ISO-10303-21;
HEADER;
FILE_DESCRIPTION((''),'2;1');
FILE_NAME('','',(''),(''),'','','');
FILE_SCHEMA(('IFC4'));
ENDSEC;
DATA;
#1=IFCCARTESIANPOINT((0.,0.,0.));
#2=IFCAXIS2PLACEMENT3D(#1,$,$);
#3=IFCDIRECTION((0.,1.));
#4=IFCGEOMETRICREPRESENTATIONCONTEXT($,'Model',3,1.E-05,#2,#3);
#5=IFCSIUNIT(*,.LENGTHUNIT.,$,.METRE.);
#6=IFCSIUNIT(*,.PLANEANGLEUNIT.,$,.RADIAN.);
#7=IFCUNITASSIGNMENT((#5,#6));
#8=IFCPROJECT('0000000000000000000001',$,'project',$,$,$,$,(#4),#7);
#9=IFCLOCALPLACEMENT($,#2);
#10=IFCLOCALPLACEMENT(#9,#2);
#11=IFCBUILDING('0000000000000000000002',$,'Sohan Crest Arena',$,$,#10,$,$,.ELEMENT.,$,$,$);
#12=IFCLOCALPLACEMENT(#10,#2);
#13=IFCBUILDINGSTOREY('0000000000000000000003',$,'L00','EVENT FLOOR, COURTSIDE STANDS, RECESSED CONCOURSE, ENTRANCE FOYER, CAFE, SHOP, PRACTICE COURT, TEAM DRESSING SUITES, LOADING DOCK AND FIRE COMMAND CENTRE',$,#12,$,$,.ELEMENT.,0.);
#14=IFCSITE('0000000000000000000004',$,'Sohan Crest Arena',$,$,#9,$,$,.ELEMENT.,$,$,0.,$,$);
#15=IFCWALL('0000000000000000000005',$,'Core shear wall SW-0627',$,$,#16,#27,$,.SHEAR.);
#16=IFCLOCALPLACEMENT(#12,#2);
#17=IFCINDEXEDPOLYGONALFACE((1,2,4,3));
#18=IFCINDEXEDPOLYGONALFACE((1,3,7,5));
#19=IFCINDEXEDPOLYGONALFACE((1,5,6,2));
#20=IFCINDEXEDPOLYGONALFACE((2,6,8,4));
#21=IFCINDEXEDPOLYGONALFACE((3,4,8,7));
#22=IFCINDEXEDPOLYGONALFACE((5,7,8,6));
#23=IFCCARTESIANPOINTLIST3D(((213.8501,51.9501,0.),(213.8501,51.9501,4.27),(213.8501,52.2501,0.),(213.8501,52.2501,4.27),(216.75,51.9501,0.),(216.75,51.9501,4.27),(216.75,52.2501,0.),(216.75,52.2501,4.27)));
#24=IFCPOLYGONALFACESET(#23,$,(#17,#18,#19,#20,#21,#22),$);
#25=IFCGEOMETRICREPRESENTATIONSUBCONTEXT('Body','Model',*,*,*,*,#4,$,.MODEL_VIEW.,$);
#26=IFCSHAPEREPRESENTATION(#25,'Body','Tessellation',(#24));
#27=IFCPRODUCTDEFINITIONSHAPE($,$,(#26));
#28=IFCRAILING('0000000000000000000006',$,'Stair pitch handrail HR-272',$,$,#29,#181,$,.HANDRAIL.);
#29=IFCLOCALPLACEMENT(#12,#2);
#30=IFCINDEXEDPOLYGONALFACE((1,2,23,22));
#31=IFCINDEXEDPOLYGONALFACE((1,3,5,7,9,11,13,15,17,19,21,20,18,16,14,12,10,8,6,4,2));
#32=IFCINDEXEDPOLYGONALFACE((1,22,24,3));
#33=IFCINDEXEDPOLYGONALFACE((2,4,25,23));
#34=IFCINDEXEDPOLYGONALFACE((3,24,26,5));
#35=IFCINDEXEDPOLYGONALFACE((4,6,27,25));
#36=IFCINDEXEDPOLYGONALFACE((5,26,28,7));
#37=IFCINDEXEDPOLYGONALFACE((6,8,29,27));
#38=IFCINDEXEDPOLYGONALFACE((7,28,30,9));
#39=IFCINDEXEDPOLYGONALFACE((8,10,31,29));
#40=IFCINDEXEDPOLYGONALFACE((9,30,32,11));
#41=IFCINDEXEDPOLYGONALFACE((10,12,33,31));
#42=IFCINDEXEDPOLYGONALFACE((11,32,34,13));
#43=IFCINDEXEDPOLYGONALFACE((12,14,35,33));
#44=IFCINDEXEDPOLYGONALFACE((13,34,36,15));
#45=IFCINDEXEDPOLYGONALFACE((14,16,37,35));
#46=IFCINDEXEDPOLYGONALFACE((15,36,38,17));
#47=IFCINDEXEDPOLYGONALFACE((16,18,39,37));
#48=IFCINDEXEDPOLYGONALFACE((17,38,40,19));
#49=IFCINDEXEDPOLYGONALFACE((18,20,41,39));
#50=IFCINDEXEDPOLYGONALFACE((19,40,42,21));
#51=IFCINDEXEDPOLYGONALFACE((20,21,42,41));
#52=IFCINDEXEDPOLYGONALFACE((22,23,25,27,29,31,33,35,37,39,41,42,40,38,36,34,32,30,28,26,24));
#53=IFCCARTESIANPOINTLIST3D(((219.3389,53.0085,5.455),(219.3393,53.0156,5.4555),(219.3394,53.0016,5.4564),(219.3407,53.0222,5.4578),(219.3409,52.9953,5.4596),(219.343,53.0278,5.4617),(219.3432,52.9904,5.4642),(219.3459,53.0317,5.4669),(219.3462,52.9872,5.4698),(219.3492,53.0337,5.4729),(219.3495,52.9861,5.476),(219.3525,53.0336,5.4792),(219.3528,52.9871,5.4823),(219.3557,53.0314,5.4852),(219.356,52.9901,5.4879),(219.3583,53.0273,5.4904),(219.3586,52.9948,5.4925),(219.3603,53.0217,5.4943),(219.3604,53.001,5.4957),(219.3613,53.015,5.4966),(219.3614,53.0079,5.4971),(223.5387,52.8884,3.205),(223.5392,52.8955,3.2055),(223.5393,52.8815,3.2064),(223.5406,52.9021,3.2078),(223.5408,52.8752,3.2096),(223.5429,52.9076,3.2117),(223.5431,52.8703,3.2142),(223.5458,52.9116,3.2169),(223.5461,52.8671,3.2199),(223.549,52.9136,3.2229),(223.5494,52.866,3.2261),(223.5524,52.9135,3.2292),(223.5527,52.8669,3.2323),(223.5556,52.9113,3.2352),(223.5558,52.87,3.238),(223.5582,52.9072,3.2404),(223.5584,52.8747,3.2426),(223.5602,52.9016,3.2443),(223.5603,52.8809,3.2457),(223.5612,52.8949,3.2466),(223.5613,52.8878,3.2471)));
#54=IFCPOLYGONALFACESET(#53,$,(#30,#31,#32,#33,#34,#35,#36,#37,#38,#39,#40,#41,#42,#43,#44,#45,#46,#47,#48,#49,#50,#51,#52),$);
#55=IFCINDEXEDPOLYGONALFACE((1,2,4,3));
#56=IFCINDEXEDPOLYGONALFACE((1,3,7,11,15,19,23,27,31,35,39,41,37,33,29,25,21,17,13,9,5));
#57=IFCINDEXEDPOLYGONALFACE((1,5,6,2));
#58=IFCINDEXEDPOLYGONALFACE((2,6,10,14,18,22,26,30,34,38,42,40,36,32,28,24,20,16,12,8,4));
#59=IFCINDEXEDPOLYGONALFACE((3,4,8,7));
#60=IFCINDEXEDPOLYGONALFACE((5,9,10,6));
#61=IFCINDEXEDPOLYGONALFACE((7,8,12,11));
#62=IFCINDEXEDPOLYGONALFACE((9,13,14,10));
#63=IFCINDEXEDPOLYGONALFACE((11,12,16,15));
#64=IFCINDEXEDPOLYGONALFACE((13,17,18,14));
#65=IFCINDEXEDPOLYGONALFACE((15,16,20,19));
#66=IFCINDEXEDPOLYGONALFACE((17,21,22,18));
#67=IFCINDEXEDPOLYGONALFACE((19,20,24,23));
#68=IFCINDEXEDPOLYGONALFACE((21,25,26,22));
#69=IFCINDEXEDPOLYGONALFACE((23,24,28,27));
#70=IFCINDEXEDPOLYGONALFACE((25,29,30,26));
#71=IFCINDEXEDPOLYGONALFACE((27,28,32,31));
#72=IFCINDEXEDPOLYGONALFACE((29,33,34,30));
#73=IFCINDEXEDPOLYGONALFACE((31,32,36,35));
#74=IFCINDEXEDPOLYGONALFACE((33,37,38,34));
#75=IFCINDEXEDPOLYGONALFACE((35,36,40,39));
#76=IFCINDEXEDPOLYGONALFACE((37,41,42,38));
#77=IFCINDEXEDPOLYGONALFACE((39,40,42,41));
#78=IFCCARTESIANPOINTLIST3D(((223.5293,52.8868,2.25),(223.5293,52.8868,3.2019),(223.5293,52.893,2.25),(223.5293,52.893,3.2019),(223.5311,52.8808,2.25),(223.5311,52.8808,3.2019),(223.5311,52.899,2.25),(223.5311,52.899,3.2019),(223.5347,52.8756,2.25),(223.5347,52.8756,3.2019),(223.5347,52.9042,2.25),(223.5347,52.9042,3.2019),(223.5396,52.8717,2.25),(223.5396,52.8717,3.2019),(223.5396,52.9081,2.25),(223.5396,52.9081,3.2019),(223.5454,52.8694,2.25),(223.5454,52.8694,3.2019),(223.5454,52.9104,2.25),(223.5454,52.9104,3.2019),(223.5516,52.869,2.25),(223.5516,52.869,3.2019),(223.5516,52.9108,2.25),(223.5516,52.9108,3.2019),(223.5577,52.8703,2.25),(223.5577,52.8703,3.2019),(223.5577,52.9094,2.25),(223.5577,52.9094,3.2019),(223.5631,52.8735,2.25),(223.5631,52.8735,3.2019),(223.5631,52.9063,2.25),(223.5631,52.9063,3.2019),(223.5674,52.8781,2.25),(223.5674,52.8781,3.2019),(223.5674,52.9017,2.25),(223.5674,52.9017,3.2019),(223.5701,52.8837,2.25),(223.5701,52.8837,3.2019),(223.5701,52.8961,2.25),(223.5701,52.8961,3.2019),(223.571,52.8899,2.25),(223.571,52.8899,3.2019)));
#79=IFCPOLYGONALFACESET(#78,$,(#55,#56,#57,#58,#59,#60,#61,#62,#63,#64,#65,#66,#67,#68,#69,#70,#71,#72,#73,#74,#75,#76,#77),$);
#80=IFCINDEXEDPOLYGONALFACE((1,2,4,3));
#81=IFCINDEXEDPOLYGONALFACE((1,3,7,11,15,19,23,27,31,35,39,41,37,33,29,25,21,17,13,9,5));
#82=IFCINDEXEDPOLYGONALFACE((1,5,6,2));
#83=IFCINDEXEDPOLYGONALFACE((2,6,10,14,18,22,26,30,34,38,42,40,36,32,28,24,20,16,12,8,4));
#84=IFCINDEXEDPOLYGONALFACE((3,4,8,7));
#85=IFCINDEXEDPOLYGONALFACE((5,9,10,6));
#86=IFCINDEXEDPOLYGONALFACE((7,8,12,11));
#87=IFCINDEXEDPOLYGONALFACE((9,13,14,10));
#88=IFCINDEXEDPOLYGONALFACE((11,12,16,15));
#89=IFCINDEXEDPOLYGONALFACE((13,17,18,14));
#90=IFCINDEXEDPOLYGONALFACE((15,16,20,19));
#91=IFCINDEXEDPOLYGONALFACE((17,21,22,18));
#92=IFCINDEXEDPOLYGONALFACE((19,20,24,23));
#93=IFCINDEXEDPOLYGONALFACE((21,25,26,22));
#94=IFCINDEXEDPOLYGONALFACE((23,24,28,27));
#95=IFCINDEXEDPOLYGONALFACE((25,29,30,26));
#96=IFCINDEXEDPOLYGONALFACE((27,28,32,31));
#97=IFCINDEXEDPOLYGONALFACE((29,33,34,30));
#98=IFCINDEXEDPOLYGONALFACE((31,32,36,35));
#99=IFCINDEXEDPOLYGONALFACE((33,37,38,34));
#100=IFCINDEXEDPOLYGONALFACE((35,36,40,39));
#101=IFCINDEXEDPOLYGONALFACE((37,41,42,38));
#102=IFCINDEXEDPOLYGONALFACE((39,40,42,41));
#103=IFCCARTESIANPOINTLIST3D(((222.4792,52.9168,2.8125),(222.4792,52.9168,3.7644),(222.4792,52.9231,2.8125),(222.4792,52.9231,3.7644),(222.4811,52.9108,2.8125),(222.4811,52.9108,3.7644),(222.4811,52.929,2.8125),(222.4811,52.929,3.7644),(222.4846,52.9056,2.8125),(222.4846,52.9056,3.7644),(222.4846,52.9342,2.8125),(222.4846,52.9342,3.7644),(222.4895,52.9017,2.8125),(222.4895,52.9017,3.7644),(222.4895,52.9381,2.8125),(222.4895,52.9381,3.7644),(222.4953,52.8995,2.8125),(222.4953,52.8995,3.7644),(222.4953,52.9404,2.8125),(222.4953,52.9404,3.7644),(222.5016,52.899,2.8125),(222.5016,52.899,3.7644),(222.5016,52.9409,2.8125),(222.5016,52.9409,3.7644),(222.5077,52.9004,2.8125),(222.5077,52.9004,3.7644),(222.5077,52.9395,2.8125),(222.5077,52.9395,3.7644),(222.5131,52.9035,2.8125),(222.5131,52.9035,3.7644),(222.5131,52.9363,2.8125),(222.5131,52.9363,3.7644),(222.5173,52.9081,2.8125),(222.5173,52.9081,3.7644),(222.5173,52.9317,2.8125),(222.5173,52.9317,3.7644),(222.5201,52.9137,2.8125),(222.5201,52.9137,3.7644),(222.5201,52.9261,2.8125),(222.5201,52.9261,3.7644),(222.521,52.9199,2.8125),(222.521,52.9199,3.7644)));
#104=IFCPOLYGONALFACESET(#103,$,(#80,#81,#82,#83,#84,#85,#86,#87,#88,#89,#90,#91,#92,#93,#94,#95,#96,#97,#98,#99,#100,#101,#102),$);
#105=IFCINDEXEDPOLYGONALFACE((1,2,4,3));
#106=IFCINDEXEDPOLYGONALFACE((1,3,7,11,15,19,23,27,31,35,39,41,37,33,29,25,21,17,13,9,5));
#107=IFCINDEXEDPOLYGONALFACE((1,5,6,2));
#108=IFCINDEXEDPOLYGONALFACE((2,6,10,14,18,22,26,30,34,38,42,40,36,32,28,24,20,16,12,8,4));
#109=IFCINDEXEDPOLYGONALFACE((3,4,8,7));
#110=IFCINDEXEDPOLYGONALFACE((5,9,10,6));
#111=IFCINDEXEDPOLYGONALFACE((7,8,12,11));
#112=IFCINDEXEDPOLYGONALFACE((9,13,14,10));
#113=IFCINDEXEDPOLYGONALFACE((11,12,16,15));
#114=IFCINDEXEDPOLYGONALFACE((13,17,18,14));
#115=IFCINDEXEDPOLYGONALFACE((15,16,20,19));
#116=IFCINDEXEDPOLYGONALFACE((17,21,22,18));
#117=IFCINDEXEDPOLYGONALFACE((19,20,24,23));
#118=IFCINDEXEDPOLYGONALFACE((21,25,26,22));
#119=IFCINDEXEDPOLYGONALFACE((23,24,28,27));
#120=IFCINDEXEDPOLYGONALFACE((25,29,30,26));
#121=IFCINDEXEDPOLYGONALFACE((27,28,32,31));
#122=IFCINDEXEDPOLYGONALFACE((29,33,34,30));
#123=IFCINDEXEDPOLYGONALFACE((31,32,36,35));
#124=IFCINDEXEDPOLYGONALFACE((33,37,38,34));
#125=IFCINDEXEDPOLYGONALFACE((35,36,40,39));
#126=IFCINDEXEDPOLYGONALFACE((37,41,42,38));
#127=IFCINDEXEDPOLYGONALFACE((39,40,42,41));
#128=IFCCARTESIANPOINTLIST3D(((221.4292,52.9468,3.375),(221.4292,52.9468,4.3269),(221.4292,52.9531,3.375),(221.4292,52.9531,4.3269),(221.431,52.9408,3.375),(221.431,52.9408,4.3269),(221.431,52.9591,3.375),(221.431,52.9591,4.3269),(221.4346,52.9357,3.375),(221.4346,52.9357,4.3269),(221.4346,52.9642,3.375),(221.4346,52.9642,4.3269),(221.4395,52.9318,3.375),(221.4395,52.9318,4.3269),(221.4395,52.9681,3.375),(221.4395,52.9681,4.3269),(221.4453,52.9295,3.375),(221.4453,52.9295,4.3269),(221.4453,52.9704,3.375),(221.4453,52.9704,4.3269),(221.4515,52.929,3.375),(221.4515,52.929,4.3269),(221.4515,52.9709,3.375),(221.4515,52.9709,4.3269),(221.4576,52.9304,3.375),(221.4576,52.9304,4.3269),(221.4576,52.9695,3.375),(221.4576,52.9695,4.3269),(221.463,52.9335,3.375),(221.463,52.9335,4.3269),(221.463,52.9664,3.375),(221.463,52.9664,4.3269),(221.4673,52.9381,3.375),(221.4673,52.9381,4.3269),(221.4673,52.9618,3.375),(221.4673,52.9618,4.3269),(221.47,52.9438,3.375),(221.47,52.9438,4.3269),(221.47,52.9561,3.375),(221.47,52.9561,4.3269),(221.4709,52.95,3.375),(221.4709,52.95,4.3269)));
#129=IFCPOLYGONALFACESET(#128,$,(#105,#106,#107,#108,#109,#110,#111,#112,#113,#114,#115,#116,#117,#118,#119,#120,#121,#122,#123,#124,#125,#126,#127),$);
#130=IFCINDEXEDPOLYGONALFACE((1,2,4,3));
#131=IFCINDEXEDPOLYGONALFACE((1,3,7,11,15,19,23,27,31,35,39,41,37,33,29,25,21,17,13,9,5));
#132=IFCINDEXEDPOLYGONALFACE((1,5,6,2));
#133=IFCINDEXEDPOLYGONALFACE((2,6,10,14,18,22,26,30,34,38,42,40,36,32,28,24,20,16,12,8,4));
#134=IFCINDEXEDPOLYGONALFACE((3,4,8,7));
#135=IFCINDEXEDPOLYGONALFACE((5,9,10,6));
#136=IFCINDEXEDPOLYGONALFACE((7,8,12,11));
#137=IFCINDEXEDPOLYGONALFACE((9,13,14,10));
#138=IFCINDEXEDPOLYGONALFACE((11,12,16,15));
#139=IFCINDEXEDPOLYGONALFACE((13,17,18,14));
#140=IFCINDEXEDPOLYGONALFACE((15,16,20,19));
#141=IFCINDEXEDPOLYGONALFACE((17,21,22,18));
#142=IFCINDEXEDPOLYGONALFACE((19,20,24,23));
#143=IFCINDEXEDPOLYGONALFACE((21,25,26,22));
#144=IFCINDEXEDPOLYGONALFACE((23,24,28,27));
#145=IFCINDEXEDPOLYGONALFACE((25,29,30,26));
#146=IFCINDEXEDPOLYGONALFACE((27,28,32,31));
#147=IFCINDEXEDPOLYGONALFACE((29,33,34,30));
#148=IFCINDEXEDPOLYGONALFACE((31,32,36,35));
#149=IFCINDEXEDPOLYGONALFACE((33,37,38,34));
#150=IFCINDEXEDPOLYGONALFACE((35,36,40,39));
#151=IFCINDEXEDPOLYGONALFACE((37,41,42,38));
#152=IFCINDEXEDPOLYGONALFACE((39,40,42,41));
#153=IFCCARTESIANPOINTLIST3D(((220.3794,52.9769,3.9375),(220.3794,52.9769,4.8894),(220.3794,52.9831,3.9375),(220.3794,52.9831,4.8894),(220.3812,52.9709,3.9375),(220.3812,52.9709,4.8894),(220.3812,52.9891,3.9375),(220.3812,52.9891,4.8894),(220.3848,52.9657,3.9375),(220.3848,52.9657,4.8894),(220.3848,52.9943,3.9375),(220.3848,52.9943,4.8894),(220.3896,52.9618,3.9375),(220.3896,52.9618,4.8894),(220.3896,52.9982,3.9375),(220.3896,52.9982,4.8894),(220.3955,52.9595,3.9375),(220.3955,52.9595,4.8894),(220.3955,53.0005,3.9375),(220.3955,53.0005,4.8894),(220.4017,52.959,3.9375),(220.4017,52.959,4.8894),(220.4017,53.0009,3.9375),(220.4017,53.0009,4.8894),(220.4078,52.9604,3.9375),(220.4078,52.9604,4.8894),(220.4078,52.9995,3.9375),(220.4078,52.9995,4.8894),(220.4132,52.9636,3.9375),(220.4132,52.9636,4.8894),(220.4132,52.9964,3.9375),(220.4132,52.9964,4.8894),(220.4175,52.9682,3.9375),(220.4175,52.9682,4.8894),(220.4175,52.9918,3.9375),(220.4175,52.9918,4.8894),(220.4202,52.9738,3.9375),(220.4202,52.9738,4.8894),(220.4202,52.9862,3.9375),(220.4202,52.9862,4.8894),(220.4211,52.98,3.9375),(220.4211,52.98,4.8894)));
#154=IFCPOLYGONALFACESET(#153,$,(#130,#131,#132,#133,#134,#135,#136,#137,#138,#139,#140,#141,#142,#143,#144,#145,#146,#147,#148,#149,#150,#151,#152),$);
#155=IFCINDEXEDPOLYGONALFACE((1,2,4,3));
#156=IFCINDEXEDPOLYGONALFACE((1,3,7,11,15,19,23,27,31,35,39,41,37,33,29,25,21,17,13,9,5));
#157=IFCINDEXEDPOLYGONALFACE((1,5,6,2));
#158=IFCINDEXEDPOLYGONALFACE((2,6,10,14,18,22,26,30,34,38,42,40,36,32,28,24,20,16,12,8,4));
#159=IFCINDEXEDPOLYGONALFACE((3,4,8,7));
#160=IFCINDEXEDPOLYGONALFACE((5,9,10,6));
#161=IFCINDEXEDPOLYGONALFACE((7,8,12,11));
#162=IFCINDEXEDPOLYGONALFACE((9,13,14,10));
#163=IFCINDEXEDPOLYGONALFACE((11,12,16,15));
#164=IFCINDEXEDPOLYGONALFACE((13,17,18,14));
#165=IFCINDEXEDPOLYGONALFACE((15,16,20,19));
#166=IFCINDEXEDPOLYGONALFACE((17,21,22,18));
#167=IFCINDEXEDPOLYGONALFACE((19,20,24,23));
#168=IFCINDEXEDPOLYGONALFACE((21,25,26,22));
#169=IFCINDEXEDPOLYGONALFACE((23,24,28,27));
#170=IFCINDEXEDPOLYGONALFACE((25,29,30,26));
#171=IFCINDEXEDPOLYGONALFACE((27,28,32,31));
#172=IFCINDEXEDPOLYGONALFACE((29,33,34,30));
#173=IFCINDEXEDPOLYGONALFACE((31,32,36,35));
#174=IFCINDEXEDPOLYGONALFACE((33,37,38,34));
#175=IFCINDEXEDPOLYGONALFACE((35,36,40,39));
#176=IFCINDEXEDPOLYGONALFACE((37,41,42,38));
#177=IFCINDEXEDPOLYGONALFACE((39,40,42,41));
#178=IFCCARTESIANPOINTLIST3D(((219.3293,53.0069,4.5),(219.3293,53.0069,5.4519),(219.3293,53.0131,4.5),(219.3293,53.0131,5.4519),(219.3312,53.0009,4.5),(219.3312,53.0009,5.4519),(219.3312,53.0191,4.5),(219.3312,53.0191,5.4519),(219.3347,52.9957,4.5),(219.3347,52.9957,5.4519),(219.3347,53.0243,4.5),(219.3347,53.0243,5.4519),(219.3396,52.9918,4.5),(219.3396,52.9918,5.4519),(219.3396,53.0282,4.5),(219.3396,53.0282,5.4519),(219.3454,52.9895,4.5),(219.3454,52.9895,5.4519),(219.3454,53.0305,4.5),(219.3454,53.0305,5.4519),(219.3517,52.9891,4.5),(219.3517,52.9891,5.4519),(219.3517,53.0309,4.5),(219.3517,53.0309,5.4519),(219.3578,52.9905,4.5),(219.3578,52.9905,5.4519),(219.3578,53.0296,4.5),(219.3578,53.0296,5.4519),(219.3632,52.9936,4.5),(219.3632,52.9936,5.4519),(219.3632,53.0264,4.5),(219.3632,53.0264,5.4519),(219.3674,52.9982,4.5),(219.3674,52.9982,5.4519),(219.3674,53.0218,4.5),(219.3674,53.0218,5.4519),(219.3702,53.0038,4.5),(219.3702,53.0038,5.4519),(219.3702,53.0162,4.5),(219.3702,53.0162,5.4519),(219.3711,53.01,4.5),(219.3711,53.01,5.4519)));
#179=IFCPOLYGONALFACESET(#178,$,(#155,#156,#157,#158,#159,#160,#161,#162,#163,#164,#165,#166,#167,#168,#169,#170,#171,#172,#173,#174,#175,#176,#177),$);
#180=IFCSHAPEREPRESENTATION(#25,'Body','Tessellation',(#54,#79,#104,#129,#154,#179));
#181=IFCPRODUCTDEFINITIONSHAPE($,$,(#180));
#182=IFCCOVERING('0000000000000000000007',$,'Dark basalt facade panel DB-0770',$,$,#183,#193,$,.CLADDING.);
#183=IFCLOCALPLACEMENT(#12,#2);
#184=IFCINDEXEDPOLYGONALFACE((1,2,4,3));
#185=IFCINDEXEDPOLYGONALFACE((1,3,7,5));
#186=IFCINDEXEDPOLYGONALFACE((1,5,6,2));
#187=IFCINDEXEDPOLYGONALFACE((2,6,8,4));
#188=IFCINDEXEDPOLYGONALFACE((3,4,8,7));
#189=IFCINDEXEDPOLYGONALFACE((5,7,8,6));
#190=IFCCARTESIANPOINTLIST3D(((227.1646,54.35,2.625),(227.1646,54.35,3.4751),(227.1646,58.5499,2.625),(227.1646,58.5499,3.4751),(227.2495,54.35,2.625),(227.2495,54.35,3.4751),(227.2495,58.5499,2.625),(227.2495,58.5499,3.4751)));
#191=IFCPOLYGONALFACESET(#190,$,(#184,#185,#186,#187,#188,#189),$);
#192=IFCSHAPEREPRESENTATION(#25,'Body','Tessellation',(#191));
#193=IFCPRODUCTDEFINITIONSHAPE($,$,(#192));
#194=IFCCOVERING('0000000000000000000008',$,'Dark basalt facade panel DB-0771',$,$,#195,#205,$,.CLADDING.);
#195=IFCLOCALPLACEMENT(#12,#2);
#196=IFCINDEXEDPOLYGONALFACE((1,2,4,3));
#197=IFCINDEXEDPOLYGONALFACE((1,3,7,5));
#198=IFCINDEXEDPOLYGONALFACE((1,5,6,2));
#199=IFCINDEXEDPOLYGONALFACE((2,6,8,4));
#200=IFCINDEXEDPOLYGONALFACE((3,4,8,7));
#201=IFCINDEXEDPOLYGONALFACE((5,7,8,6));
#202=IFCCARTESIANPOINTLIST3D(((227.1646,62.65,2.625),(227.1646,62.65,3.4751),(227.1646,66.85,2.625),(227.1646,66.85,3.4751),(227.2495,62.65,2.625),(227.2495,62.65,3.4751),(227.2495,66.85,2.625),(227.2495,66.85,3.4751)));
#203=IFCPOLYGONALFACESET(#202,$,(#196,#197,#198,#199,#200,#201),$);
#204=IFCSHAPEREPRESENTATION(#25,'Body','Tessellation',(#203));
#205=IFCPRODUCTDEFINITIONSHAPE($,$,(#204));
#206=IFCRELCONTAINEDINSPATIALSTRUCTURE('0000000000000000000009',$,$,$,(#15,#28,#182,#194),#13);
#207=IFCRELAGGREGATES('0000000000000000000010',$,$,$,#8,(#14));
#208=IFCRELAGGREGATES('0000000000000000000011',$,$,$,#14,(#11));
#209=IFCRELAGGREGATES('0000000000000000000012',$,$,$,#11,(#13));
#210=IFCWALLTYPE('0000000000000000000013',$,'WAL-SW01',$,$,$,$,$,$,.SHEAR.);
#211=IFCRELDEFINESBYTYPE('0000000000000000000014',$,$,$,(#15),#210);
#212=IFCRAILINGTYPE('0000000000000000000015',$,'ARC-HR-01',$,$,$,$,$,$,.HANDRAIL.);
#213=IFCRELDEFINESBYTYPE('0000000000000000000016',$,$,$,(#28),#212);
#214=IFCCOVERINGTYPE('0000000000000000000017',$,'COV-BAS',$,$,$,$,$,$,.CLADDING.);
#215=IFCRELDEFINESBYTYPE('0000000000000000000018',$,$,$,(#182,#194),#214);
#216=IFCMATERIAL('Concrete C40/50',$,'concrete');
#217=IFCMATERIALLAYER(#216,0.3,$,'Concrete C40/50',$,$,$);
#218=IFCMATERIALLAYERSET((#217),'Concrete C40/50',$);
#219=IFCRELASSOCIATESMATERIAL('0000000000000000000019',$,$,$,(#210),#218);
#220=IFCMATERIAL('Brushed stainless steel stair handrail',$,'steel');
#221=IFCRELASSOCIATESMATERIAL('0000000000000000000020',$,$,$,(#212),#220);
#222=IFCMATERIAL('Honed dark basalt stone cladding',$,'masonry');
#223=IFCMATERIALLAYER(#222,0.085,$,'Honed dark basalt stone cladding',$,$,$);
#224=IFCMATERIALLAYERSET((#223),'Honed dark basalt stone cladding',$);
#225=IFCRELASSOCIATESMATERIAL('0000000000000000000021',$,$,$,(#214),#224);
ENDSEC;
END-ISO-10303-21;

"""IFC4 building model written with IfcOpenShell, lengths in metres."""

from ifc_helpers import new_model, si_unit, direction, frame, frame_2d, origin, origin_2d, place, context, subcontext, project, spatial, rectangle, circle, extrude, material, layer, layer_set, type_object, element, save


model = new_model("IFC4")

# Units and contexts
model_context = context("Model", 3, precision=1e-05, world=origin(), true_north=direction((0.0, 1.0)))
body_context = subcontext(model_context, "Body", "Model", "MODEL_VIEW")
ifc_project = project(units=[si_unit("LENGTHUNIT", "METRE"), si_unit("PLANEANGLEUNIT", "RADIAN")], contexts=[model_context])

# Site, building, storey
site_placement = place(None, origin())
site = spatial("IfcSite", under=ifc_project, at=site_placement, Name="Sohan Crest Arena", CompositionType="ELEMENT", RefElevation=0.0)
building_placement = place(site_placement, origin())
building = spatial("IfcBuilding", under=site, at=building_placement, Name="Sohan Crest Arena", CompositionType="ELEMENT")
storey_placement = place(building_placement, origin())
storey = spatial("IfcBuildingStorey", under=building, at=storey_placement, Name="L00", Description="EVENT FLOOR, COURTSIDE STANDS, RECESSED CONCOURSE, ENTRANCE FOYER, CAFE, SHOP, PRACTICE COURT, TEAM DRESSING SUITES, LOADING DOCK AND FIRE COMMAND CENTRE", CompositionType="ELEMENT", Elevation=0.0)

# Shared definitions
ifc_material_1 = material(Name="Concrete C40/50", Category="concrete")

# Wall
ifc_layer_1 = layer(ifc_material_1, 0.3, Name="Concrete C40/50")
ifc_layer_set_1 = layer_set([ifc_layer_1], Name="Concrete C40/50")
wall_type_1 = type_object("IfcWallType", Name="WAL-SW01", PredefinedType="SHEAR", material=ifc_layer_set_1)
wall_1_placement = place(storey_placement, frame((213.8501, 52.1001, 0.0), z_axis=(0.0, 0.0, 1.0), x_axis=(1.0, 0.0, 0.0)))
element("IfcWall", 1, at=wall_1_placement, inside=storey, type_object=wall_type_1, Name="Core shear wall SW-0627", PredefinedType="SHEAR", context=body_context, shape_type="SweptSolid", body=[
    extrude(rectangle(XDim=2.8999, YDim=0.3, at=frame_2d((1.45, 0.0))), origin(), (0.0, 0.0, 1.0), 4.27),
])

# Railing
ifc_material_2 = material(Name="Brushed stainless steel stair handrail", Category="steel")
railing_type = type_object("IfcRailingType", Name="ARC-HR-01", PredefinedType="HANDRAIL", material=ifc_material_2)
railing_placement = place(storey_placement, frame((223.55, 52.8899, 2.25)))
element("IfcRailing", 2, at=railing_placement, inside=storey, type_object=railing_type, Name="Stair pitch handrail HR-272", PredefinedType="HANDRAIL", context=body_context, shape_type="SweptSolid", body=[
    extrude(circle(Radius=0.0239, at=origin_2d()), frame((0.0, 0.0, 0.9761), z_axis=(-0.881198, 0.025202, 0.472076), x_axis=(-0.028588, -0.999591, 0.0)), (0.0, 0.0, 1.0), 4.7661),
    extrude(circle(Radius=0.021, at=origin_2d()), origin(), (0.0, 0.0, 1.0), 0.9519),
    extrude(circle(Radius=0.021, at=origin_2d()), frame((-1.05, 0.03, 0.5625)), (0.0, 0.0, 1.0), 0.9519),
    extrude(circle(Radius=0.021, at=origin_2d()), frame((-2.1001, 0.0601, 1.125)), (0.0, 0.0, 1.0), 0.9519),
    extrude(circle(Radius=0.021, at=origin_2d()), frame((-3.1499, 0.0901, 1.6875)), (0.0, 0.0, 1.0), 0.9519),
    extrude(circle(Radius=0.021, at=origin_2d()), frame((-4.2, 0.1201, 2.25)), (0.0, 0.0, 1.0), 0.9519),
])

# Coverings
ifc_material_3 = material(Name="Honed dark basalt stone cladding", Category="masonry")
ifc_layer_2 = layer(ifc_material_3, 0.085, Name="Honed dark basalt stone cladding")
ifc_layer_set_2 = layer_set([ifc_layer_2], Name="Honed dark basalt stone cladding")
covering_type = type_object("IfcCoveringType", Name="COV-BAS", PredefinedType="CLADDING", material=ifc_layer_set_2)
for number, where, z_axis, x_axis, name in (
    (3, (227.207, 56.45, 2.625), (0.0, 0.0, 1.0), (0.0, 1.0, 0.0), "Dark basalt facade panel DB-0770"),
    (4, (227.207, 64.75, 2.625), (0.0, 0.0, 1.0), (0.0, 1.0, 0.0), "Dark basalt facade panel DB-0771"),
):
    element("IfcCovering", number, at=place(storey_placement, frame(where, z_axis=z_axis, x_axis=x_axis)), inside=storey, type_object=covering_type, Name=name, PredefinedType="CLADDING", context=body_context, shape_type="SweptSolid", body=[
        extrude(rectangle(XDim=4.2, YDim=0.085, at=origin_2d()), origin(), (0.0, 0.0, 1.0), 0.8501),
    ])

save(model, "model.ifc")
